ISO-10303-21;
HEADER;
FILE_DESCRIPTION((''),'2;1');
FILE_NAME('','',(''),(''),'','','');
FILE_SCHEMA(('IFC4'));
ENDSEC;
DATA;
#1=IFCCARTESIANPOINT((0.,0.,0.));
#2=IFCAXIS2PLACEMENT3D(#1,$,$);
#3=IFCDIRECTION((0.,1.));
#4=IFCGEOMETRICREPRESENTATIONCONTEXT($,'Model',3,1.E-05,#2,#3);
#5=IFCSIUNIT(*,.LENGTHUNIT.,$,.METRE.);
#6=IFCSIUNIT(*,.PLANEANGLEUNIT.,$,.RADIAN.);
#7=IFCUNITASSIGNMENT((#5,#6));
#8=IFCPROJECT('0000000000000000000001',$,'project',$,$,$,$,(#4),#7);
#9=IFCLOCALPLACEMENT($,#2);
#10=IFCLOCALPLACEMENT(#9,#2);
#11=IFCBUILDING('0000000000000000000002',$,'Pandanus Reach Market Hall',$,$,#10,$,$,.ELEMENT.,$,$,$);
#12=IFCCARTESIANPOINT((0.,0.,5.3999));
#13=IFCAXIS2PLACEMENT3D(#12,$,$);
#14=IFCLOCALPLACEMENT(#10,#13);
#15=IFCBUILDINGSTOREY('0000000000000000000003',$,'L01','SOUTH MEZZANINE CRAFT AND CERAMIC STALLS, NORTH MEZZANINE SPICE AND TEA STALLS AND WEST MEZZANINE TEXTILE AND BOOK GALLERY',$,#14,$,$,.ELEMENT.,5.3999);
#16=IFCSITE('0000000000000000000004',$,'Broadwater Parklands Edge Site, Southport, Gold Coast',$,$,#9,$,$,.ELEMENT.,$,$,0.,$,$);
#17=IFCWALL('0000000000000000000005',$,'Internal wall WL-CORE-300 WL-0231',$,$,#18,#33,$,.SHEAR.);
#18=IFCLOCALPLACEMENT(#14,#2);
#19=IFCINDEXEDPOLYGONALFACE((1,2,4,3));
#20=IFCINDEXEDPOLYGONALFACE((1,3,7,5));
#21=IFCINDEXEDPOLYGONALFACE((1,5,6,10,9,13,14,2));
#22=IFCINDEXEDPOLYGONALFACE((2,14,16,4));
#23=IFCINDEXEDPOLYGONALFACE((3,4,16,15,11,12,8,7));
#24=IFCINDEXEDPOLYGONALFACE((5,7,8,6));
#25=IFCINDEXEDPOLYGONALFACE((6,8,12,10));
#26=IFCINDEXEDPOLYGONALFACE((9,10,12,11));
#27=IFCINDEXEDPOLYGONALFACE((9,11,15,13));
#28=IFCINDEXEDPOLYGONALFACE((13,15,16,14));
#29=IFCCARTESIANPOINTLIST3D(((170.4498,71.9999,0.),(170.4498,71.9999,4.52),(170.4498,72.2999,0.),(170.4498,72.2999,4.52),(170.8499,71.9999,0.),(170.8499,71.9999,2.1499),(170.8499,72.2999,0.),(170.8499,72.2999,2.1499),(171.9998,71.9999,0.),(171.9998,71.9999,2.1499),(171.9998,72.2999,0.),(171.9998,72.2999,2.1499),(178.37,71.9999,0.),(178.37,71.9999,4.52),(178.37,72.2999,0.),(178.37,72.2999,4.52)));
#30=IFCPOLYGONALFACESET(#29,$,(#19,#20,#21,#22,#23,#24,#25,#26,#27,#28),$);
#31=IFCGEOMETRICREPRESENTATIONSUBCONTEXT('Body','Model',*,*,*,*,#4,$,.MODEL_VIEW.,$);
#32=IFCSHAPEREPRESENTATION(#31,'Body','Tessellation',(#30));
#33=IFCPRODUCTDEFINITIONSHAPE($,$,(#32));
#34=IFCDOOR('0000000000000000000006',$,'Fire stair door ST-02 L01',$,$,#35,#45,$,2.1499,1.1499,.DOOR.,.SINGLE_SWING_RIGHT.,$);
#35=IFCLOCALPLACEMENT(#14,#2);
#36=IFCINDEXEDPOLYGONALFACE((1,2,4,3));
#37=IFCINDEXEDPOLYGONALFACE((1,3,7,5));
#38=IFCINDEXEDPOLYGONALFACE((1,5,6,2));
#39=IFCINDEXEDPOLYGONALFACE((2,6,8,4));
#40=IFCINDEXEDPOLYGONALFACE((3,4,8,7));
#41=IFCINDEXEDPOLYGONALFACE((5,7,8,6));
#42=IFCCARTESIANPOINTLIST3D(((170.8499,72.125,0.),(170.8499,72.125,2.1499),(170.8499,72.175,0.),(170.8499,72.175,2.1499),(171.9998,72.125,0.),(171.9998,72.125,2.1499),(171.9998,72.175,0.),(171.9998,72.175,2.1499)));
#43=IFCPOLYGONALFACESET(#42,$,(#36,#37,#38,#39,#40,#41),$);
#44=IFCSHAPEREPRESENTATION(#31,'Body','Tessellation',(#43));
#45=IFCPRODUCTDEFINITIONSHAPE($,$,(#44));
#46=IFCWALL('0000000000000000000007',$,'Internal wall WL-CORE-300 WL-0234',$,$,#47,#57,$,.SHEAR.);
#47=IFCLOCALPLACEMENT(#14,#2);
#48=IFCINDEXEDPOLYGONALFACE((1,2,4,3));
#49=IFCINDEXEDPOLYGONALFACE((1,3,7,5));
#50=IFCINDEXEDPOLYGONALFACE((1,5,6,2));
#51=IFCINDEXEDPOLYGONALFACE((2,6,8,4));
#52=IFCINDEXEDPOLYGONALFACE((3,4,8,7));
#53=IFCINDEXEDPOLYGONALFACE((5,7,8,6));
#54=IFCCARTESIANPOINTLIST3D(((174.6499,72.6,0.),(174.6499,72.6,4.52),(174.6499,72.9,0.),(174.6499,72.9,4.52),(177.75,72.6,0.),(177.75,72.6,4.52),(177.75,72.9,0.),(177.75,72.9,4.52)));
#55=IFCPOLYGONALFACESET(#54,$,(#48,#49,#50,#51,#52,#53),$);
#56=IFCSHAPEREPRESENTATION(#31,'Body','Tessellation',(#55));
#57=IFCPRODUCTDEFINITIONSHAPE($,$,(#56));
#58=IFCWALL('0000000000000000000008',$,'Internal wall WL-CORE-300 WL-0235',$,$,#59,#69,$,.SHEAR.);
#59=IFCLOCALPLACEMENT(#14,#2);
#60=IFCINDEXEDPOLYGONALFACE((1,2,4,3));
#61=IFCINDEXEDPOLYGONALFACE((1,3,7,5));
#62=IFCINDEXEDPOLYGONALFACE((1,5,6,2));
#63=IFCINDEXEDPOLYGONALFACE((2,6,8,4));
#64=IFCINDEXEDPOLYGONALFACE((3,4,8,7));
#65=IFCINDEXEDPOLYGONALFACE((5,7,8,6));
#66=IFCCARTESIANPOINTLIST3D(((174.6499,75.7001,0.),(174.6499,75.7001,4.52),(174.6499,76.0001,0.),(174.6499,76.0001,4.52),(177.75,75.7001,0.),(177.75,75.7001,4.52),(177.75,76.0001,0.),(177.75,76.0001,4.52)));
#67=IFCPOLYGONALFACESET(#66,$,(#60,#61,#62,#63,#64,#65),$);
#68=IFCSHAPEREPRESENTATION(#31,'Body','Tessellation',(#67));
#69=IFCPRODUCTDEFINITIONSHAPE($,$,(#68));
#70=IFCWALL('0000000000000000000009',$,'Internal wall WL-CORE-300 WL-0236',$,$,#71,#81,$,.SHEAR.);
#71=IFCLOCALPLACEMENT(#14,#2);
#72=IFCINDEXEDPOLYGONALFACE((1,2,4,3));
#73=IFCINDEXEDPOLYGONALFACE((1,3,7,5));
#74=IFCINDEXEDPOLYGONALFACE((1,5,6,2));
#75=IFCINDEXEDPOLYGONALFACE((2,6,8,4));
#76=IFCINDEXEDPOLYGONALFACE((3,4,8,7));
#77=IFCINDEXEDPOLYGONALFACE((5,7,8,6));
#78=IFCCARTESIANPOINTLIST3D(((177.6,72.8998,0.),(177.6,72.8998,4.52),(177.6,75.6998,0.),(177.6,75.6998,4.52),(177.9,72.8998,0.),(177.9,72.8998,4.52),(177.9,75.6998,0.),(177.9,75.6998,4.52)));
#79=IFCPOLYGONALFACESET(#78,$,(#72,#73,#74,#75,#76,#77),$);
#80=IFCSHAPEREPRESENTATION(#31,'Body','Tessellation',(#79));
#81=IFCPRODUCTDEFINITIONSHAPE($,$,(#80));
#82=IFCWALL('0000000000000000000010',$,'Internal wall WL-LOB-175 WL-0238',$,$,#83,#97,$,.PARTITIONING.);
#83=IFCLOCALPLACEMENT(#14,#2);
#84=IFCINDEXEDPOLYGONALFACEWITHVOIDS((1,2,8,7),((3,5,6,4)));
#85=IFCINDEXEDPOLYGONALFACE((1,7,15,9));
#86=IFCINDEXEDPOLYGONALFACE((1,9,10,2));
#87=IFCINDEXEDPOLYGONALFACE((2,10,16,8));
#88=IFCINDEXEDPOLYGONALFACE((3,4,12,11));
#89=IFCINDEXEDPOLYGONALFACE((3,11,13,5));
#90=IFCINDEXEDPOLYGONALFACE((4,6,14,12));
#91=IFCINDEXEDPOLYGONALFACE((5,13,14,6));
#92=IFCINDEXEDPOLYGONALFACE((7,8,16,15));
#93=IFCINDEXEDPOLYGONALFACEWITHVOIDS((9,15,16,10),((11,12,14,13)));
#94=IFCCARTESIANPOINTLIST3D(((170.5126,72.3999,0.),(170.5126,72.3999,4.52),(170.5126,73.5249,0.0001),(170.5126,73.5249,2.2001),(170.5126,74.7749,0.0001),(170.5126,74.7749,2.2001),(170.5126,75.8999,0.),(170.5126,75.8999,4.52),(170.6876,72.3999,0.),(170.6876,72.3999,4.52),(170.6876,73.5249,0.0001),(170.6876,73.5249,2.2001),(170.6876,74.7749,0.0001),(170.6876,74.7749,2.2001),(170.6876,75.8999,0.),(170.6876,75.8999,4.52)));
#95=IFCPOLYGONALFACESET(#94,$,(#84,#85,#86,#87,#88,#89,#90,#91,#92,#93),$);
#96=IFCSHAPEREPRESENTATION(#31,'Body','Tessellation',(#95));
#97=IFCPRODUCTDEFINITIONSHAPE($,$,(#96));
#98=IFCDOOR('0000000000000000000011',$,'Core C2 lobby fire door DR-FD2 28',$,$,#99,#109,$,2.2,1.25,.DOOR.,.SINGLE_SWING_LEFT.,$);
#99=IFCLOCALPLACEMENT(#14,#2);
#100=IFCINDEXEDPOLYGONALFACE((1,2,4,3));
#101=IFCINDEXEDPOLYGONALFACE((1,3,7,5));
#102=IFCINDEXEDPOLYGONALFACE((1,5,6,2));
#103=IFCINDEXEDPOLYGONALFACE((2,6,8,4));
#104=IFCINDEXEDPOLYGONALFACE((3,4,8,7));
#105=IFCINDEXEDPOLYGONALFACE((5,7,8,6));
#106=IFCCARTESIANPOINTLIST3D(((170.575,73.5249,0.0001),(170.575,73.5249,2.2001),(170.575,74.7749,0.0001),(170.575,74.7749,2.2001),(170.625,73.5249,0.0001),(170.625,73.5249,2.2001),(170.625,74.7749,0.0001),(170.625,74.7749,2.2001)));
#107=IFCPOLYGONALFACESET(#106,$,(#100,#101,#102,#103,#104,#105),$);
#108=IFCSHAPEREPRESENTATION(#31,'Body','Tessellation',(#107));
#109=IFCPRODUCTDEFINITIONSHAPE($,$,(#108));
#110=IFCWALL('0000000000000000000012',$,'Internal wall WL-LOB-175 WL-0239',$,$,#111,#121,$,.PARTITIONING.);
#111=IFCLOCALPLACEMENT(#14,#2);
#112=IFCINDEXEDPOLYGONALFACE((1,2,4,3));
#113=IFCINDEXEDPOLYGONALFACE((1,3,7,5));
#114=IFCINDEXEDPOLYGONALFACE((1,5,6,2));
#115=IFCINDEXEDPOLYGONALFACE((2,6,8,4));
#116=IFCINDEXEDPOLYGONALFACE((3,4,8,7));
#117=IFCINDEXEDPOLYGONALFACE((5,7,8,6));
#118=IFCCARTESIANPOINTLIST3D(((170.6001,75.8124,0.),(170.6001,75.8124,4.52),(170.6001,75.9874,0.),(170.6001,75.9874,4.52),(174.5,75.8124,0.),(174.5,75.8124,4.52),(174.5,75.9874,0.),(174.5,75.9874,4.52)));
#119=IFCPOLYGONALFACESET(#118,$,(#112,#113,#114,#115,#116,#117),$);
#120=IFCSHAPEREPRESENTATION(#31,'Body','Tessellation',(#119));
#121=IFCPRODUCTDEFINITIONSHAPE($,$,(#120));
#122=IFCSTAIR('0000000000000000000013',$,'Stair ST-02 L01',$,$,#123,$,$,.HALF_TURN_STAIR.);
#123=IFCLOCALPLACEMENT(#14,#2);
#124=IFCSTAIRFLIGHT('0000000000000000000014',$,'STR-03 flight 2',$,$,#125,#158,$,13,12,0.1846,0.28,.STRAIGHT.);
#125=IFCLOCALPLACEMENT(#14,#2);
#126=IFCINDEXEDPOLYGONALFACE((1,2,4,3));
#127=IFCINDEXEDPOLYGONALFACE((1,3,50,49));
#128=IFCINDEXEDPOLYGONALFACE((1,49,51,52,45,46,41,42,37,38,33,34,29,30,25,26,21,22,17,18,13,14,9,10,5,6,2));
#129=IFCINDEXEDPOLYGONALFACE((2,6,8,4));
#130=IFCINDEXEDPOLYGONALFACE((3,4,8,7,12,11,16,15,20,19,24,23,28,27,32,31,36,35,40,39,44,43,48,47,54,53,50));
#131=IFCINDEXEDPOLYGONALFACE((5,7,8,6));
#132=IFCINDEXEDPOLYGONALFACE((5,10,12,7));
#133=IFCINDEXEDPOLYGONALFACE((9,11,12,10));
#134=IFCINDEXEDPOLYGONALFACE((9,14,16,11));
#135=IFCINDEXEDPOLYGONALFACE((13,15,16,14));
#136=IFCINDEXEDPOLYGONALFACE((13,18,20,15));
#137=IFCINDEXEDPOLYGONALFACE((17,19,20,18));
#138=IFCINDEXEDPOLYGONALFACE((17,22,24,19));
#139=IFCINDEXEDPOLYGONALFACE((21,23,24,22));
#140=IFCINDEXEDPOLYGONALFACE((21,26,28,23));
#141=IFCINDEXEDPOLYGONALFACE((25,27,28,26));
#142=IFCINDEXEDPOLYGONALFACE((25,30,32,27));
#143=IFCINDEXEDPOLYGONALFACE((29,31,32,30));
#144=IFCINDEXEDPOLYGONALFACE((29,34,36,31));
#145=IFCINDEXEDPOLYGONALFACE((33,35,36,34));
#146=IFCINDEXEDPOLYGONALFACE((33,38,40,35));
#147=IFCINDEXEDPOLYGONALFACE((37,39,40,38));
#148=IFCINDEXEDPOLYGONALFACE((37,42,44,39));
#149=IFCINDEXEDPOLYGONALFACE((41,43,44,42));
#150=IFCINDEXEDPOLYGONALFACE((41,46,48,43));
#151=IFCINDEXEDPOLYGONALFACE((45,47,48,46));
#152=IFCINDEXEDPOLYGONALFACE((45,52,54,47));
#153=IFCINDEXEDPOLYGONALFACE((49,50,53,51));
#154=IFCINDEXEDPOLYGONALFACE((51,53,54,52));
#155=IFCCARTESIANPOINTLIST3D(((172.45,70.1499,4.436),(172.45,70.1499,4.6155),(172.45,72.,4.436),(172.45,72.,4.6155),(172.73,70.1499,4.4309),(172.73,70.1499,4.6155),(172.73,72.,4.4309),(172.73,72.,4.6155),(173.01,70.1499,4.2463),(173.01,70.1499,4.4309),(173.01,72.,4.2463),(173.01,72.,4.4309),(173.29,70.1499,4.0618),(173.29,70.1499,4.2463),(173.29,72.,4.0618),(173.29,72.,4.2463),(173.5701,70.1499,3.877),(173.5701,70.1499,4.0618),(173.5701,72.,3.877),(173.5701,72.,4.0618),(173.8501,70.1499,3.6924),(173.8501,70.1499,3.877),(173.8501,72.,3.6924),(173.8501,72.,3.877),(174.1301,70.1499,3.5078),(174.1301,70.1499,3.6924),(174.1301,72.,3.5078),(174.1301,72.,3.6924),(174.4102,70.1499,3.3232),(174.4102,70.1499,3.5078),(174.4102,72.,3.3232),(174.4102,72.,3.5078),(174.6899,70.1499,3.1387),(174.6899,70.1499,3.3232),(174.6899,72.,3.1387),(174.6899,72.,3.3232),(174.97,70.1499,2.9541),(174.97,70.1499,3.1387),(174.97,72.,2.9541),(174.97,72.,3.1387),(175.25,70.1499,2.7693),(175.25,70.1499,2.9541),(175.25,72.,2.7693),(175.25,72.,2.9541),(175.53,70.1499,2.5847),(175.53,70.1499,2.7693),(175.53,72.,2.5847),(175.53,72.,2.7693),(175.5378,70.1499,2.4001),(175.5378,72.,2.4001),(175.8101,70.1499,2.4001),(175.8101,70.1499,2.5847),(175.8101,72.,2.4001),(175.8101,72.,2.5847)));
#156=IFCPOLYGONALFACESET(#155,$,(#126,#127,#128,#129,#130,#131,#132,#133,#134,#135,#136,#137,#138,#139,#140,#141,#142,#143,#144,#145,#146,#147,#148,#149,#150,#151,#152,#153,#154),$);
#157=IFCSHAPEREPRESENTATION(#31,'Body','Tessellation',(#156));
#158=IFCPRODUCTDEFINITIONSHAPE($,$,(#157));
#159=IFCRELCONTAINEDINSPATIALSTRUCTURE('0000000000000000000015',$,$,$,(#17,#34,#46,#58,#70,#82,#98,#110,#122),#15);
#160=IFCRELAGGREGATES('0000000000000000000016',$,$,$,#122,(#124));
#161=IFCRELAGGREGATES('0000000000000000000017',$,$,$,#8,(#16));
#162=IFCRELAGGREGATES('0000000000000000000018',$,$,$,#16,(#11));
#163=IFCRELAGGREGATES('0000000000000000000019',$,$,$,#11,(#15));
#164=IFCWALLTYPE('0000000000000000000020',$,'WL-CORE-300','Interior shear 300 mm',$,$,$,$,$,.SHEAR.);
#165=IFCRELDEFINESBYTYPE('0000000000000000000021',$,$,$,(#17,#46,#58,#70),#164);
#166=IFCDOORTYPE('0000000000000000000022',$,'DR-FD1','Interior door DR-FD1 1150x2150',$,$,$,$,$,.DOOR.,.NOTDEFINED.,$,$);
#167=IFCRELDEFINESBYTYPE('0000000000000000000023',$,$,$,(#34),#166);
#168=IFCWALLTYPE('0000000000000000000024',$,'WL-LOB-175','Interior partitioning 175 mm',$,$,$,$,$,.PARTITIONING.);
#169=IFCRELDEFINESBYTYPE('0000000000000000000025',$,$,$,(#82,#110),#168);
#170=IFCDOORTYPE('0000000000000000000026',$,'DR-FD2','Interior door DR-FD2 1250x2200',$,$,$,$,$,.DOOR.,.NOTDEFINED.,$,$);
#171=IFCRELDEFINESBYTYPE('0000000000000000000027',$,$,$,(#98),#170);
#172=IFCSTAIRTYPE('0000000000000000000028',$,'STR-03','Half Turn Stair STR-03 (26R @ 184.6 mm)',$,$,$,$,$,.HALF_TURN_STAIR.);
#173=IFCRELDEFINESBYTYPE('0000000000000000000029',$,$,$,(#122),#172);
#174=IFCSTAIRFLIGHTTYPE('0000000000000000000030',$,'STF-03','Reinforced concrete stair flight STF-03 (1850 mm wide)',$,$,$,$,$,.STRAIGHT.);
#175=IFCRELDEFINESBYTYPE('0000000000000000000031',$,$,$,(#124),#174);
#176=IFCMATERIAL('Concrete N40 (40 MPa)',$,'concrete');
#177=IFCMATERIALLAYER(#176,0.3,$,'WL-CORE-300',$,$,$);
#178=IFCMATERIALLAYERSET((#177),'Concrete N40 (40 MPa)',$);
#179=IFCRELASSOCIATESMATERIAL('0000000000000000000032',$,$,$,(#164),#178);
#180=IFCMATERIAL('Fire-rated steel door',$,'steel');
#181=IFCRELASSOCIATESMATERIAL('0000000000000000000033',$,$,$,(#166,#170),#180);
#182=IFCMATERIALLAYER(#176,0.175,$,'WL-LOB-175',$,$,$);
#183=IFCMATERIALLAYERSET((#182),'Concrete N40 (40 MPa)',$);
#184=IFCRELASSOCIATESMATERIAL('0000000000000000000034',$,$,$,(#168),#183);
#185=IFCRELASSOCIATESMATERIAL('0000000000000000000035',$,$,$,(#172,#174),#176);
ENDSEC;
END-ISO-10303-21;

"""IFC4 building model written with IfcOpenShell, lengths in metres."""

from ifc_helpers import new_model, si_unit, direction, frame, frame_2d, origin, place, context, subcontext, project, spatial, polyline, rectangle, outline, extrude, material, layer, layer_set, type_object, element, fill, aggregate, save


model = new_model("IFC4")

# Units and contexts
model_context = context("Model", 3, precision=1e-05, world=origin(), true_north=direction((0.0, 1.0)))
body_context = subcontext(model_context, "Body", "Model", "MODEL_VIEW")
ifc_project = project(units=[si_unit("LENGTHUNIT", "METRE"), si_unit("PLANEANGLEUNIT", "RADIAN")], contexts=[model_context])

# Site, building, storey
site_placement = place(None, origin())
site = spatial("IfcSite", under=ifc_project, at=site_placement, Name="Broadwater Parklands Edge Site, Southport, Gold Coast", CompositionType="ELEMENT", RefElevation=0.0)
building_placement = place(site_placement, origin())
building = spatial("IfcBuilding", under=site, at=building_placement, Name="Pandanus Reach Market Hall", CompositionType="ELEMENT")
storey_placement = place(building_placement, frame((0.0, 0.0, 5.3999)))
storey = spatial("IfcBuildingStorey", under=building, at=storey_placement, Name="L01", Description="SOUTH MEZZANINE CRAFT AND CERAMIC STALLS, NORTH MEZZANINE SPICE AND TEA STALLS AND WEST MEZZANINE TEXTILE AND BOOK GALLERY", CompositionType="ELEMENT", Elevation=5.3999)

# Shared definitions
ifc_material_1 = material(Name="Concrete N40 (40 MPa)", Category="concrete")

# Wall, opening, door
ifc_layer_1 = layer(ifc_material_1, 0.3, Name="WL-CORE-300")
ifc_layer_set_1 = layer_set([ifc_layer_1], Name="Concrete N40 (40 MPa)")
wall_type_1 = type_object("IfcWallType", Name="WL-CORE-300", Description="Interior shear 300 mm", PredefinedType="SHEAR", material=ifc_layer_set_1)
wall_1_placement = place(storey_placement, frame((170.45, 72.1499, 0.0), z_axis=(0.0, 0.0, 1.0), x_axis=(1.0, 0.0, 0.0)))
wall_1 = element("IfcWall", 1, at=wall_1_placement, inside=storey, type_object=wall_type_1, Name="Internal wall WL-CORE-300 WL-0231", PredefinedType="SHEAR", context=body_context, shape_type="SweptSolid", body=[
    extrude(rectangle(XDim=7.9202, YDim=0.3, at=frame_2d((3.96, 0.0))), origin(), (0.0, 0.0, 1.0), 4.52),
])
opening_1_placement = place(wall_1_placement, frame((0.3999, 0.0, 0.0)))
opening_1 = element("IfcOpeningElement", 2, at=opening_1_placement, cuts=wall_1, PredefinedType="OPENING", context=body_context, shape_type="SweptSolid", body=[
    extrude(rectangle(XDim=1.1499, YDim=2.1499, at=frame_2d((0.575, 1.075))), frame((0.0, 0.165, 0.0), z_axis=(0.0, -1.0, 0.0), x_axis=(1.0, 0.0, 0.0)), (0.0, 0.0, 1.0), 0.3301),
])
ifc_material_2 = material(Name="Fire-rated steel door", Category="steel")
door_type_1 = type_object("IfcDoorType", Name="DR-FD1", Description="Interior door DR-FD1 1150x2150", OperationType="NOTDEFINED", PredefinedType="DOOR", material=ifc_material_2)
door_1_placement = place(opening_1_placement, frame((1.1499, 0.0, 0.0), z_axis=(0.0, 0.0, 1.0), x_axis=(-1.0, 0.0, 0.0)))
door_1 = element("IfcDoor", 3, at=door_1_placement, inside=storey, type_object=door_type_1, Name="Fire stair door ST-02 L01", OperationType="SINGLE_SWING_RIGHT", OverallHeight=2.1499, OverallWidth=1.1499, PredefinedType="DOOR", context=body_context, shape_type="SweptSolid", body=[
    extrude(rectangle(XDim=1.1499, YDim=2.1499, at=frame_2d((0.575, 1.075))), frame((0.0, 0.0249, 0.0), z_axis=(0.0, -1.0, 0.0), x_axis=(1.0, 0.0, 0.0)), (0.0, 0.0, 1.0), 0.05),
])
fill(opening_1, door_1)

# Walls
for number, where, z_axis, x_axis, name in (
    (4, (174.6499, 72.75, 0.0), (0.0, 0.0, 1.0), (1.0, 0.0, 0.0), "Internal wall WL-CORE-300 WL-0234"),
    (5, (174.6499, 75.8501, 0.0), (0.0, 0.0, 1.0), (1.0, 0.0, 0.0), "Internal wall WL-CORE-300 WL-0235"),
):
    element("IfcWall", number, at=place(storey_placement, frame(where, z_axis=z_axis, x_axis=x_axis)), inside=storey, type_object=wall_type_1, Name=name, PredefinedType="SHEAR", context=body_context, shape_type="SweptSolid", body=[
        extrude(rectangle(XDim=3.1001, YDim=0.3, at=frame_2d((1.55, 0.0))), origin(), (0.0, 0.0, 1.0), 4.52),
    ])
wall_2_placement = place(storey_placement, frame((177.75, 72.8999, 0.0), z_axis=(0.0, 0.0, 1.0), x_axis=(0.0, 1.0, 0.0)))
element("IfcWall", 6, at=wall_2_placement, inside=storey, type_object=wall_type_1, Name="Internal wall WL-CORE-300 WL-0236", PredefinedType="SHEAR", context=body_context, shape_type="SweptSolid", body=[
    extrude(rectangle(XDim=2.8, YDim=0.3, at=frame_2d((1.3999, 0.0))), origin(), (0.0, 0.0, 1.0), 4.52),
])

# Wall, opening, door
ifc_layer_2 = layer(ifc_material_1, 0.175, Name="WL-LOB-175")
ifc_layer_set_2 = layer_set([ifc_layer_2], Name="Concrete N40 (40 MPa)")
wall_type_2 = type_object("IfcWallType", Name="WL-LOB-175", Description="Interior partitioning 175 mm", PredefinedType="PARTITIONING", material=ifc_layer_set_2)
wall_3_placement = place(storey_placement, frame((170.6001, 72.3999, 0.0), z_axis=(0.0, 0.0, 1.0), x_axis=(0.0, 1.0, 0.0)))
wall_3 = element("IfcWall", 7, at=wall_3_placement, inside=storey, type_object=wall_type_2, Name="Internal wall WL-LOB-175 WL-0238", PredefinedType="PARTITIONING", context=body_context, shape_type="SweptSolid", body=[
    extrude(rectangle(XDim=3.5, YDim=0.175, at=frame_2d((1.75, 0.0))), origin(), (0.0, 0.0, 1.0), 4.52),
])
opening_2_placement = place(wall_3_placement, frame((1.125, 0.0, 0.0)))
opening_2 = element("IfcOpeningElement", 8, at=opening_2_placement, cuts=wall_3, PredefinedType="OPENING", context=body_context, shape_type="SweptSolid", body=[
    extrude(rectangle(XDim=1.25, YDim=2.2, at=frame_2d((0.625, 1.1001))), frame((0.0, 0.1025, 0.0), z_axis=(0.0, -1.0, 0.0), x_axis=(1.0, 0.0, 0.0)), (0.0, 0.0, 1.0), 0.2051),
])
door_type_2 = type_object("IfcDoorType", Name="DR-FD2", Description="Interior door DR-FD2 1250x2200", OperationType="NOTDEFINED", PredefinedType="DOOR", material=ifc_material_2)
door_2_placement = place(opening_2_placement, frame((1.25, 0.0, 0.0), z_axis=(0.0, 0.0, 1.0), x_axis=(-1.0, 0.0, 0.0)))
door_2 = element("IfcDoor", 9, at=door_2_placement, inside=storey, type_object=door_type_2, Name="Core C2 lobby fire door DR-FD2 28", OperationType="SINGLE_SWING_LEFT", OverallHeight=2.2, OverallWidth=1.25, PredefinedType="DOOR", context=body_context, shape_type="SweptSolid", body=[
    extrude(rectangle(XDim=1.25, YDim=2.2, at=frame_2d((0.625, 1.1001))), frame((0.0, 0.0249, 0.0), z_axis=(0.0, -1.0, 0.0), x_axis=(1.0, 0.0, 0.0)), (0.0, 0.0, 1.0), 0.05),
])
fill(opening_2, door_2)

# Wall
wall_4_placement = place(storey_placement, frame((170.6001, 75.8999, 0.0), z_axis=(0.0, 0.0, 1.0), x_axis=(1.0, 0.0, 0.0)))
element("IfcWall", 10, at=wall_4_placement, inside=storey, type_object=wall_type_2, Name="Internal wall WL-LOB-175 WL-0239", PredefinedType="PARTITIONING", context=body_context, shape_type="SweptSolid", body=[
    extrude(rectangle(XDim=3.8999, YDim=0.175, at=frame_2d((1.95, 0.0))), origin(), (0.0, 0.0, 1.0), 4.52),
])

# Stair, stair flight
stair_type = type_object("IfcStairType", Name="STR-03", Description="Half Turn Stair STR-03 (26R @ 184.6 mm)", PredefinedType="HALF_TURN_STAIR", material=ifc_material_1)
stair_placement = place(storey_placement, origin())
stair = element("IfcStair", 11, at=stair_placement, inside=storey, type_object=stair_type, Name="Stair ST-02 L01", PredefinedType="HALF_TURN_STAIR")
stair_flight_type = type_object("IfcStairFlightType", Name="STF-03", Description="Reinforced concrete stair flight STF-03 (1850 mm wide)", PredefinedType="STRAIGHT", material=ifc_material_1)
stair_flight_placement = place(storey_placement, frame((175.8101, 71.075, 2.4001), z_axis=(0.0, 0.0, 1.0), x_axis=(-1.0, 0.0, 0.0)))
stair_flight = element("IfcStairFlight", 12, at=stair_flight_placement, type_object=stair_flight_type, Name="STR-03 flight 2", NumberOfRisers=13, NumberOfTreads=12, PredefinedType="STRAIGHT", RiserHeight=0.1846, TreadLength=0.28, context=body_context, shape_type="SweptSolid", body=[
    extrude(outline(polyline([(0.0, 0.0), (0.0, 0.1846), (0.28, 0.1846), (0.28, 0.3691), (0.5601, 0.3691), (0.5601, 0.554), (0.8401, 0.554), (0.8401, 0.7385), (1.1201, 0.7385), (1.1201, 0.9231), (1.3999, 0.9231), (1.3999, 1.1077), (1.6799, 1.1077), (1.6799, 1.2922), (1.96, 1.2922), (1.96, 1.4768), (2.24, 1.4768), (2.24, 1.6616), (2.52, 1.6616), (2.52, 1.8462), (2.8, 1.8462), (2.8, 2.0308), (3.0801, 2.0308), (3.0801, 2.2153), (3.3601, 2.2153), (3.3601, 2.3999), (3.3601, 2.0359), (0.2722, 0.0), (0.0, 0.0)])), frame((0.0, 0.925, 0.0), z_axis=(0.0, -1.0, 0.0), x_axis=(1.0, 0.0, 0.0)), (0.0, 0.0, 1.0), 1.8501),
])
aggregate(stair, [stair_flight])

save(model, "model.ifc")
